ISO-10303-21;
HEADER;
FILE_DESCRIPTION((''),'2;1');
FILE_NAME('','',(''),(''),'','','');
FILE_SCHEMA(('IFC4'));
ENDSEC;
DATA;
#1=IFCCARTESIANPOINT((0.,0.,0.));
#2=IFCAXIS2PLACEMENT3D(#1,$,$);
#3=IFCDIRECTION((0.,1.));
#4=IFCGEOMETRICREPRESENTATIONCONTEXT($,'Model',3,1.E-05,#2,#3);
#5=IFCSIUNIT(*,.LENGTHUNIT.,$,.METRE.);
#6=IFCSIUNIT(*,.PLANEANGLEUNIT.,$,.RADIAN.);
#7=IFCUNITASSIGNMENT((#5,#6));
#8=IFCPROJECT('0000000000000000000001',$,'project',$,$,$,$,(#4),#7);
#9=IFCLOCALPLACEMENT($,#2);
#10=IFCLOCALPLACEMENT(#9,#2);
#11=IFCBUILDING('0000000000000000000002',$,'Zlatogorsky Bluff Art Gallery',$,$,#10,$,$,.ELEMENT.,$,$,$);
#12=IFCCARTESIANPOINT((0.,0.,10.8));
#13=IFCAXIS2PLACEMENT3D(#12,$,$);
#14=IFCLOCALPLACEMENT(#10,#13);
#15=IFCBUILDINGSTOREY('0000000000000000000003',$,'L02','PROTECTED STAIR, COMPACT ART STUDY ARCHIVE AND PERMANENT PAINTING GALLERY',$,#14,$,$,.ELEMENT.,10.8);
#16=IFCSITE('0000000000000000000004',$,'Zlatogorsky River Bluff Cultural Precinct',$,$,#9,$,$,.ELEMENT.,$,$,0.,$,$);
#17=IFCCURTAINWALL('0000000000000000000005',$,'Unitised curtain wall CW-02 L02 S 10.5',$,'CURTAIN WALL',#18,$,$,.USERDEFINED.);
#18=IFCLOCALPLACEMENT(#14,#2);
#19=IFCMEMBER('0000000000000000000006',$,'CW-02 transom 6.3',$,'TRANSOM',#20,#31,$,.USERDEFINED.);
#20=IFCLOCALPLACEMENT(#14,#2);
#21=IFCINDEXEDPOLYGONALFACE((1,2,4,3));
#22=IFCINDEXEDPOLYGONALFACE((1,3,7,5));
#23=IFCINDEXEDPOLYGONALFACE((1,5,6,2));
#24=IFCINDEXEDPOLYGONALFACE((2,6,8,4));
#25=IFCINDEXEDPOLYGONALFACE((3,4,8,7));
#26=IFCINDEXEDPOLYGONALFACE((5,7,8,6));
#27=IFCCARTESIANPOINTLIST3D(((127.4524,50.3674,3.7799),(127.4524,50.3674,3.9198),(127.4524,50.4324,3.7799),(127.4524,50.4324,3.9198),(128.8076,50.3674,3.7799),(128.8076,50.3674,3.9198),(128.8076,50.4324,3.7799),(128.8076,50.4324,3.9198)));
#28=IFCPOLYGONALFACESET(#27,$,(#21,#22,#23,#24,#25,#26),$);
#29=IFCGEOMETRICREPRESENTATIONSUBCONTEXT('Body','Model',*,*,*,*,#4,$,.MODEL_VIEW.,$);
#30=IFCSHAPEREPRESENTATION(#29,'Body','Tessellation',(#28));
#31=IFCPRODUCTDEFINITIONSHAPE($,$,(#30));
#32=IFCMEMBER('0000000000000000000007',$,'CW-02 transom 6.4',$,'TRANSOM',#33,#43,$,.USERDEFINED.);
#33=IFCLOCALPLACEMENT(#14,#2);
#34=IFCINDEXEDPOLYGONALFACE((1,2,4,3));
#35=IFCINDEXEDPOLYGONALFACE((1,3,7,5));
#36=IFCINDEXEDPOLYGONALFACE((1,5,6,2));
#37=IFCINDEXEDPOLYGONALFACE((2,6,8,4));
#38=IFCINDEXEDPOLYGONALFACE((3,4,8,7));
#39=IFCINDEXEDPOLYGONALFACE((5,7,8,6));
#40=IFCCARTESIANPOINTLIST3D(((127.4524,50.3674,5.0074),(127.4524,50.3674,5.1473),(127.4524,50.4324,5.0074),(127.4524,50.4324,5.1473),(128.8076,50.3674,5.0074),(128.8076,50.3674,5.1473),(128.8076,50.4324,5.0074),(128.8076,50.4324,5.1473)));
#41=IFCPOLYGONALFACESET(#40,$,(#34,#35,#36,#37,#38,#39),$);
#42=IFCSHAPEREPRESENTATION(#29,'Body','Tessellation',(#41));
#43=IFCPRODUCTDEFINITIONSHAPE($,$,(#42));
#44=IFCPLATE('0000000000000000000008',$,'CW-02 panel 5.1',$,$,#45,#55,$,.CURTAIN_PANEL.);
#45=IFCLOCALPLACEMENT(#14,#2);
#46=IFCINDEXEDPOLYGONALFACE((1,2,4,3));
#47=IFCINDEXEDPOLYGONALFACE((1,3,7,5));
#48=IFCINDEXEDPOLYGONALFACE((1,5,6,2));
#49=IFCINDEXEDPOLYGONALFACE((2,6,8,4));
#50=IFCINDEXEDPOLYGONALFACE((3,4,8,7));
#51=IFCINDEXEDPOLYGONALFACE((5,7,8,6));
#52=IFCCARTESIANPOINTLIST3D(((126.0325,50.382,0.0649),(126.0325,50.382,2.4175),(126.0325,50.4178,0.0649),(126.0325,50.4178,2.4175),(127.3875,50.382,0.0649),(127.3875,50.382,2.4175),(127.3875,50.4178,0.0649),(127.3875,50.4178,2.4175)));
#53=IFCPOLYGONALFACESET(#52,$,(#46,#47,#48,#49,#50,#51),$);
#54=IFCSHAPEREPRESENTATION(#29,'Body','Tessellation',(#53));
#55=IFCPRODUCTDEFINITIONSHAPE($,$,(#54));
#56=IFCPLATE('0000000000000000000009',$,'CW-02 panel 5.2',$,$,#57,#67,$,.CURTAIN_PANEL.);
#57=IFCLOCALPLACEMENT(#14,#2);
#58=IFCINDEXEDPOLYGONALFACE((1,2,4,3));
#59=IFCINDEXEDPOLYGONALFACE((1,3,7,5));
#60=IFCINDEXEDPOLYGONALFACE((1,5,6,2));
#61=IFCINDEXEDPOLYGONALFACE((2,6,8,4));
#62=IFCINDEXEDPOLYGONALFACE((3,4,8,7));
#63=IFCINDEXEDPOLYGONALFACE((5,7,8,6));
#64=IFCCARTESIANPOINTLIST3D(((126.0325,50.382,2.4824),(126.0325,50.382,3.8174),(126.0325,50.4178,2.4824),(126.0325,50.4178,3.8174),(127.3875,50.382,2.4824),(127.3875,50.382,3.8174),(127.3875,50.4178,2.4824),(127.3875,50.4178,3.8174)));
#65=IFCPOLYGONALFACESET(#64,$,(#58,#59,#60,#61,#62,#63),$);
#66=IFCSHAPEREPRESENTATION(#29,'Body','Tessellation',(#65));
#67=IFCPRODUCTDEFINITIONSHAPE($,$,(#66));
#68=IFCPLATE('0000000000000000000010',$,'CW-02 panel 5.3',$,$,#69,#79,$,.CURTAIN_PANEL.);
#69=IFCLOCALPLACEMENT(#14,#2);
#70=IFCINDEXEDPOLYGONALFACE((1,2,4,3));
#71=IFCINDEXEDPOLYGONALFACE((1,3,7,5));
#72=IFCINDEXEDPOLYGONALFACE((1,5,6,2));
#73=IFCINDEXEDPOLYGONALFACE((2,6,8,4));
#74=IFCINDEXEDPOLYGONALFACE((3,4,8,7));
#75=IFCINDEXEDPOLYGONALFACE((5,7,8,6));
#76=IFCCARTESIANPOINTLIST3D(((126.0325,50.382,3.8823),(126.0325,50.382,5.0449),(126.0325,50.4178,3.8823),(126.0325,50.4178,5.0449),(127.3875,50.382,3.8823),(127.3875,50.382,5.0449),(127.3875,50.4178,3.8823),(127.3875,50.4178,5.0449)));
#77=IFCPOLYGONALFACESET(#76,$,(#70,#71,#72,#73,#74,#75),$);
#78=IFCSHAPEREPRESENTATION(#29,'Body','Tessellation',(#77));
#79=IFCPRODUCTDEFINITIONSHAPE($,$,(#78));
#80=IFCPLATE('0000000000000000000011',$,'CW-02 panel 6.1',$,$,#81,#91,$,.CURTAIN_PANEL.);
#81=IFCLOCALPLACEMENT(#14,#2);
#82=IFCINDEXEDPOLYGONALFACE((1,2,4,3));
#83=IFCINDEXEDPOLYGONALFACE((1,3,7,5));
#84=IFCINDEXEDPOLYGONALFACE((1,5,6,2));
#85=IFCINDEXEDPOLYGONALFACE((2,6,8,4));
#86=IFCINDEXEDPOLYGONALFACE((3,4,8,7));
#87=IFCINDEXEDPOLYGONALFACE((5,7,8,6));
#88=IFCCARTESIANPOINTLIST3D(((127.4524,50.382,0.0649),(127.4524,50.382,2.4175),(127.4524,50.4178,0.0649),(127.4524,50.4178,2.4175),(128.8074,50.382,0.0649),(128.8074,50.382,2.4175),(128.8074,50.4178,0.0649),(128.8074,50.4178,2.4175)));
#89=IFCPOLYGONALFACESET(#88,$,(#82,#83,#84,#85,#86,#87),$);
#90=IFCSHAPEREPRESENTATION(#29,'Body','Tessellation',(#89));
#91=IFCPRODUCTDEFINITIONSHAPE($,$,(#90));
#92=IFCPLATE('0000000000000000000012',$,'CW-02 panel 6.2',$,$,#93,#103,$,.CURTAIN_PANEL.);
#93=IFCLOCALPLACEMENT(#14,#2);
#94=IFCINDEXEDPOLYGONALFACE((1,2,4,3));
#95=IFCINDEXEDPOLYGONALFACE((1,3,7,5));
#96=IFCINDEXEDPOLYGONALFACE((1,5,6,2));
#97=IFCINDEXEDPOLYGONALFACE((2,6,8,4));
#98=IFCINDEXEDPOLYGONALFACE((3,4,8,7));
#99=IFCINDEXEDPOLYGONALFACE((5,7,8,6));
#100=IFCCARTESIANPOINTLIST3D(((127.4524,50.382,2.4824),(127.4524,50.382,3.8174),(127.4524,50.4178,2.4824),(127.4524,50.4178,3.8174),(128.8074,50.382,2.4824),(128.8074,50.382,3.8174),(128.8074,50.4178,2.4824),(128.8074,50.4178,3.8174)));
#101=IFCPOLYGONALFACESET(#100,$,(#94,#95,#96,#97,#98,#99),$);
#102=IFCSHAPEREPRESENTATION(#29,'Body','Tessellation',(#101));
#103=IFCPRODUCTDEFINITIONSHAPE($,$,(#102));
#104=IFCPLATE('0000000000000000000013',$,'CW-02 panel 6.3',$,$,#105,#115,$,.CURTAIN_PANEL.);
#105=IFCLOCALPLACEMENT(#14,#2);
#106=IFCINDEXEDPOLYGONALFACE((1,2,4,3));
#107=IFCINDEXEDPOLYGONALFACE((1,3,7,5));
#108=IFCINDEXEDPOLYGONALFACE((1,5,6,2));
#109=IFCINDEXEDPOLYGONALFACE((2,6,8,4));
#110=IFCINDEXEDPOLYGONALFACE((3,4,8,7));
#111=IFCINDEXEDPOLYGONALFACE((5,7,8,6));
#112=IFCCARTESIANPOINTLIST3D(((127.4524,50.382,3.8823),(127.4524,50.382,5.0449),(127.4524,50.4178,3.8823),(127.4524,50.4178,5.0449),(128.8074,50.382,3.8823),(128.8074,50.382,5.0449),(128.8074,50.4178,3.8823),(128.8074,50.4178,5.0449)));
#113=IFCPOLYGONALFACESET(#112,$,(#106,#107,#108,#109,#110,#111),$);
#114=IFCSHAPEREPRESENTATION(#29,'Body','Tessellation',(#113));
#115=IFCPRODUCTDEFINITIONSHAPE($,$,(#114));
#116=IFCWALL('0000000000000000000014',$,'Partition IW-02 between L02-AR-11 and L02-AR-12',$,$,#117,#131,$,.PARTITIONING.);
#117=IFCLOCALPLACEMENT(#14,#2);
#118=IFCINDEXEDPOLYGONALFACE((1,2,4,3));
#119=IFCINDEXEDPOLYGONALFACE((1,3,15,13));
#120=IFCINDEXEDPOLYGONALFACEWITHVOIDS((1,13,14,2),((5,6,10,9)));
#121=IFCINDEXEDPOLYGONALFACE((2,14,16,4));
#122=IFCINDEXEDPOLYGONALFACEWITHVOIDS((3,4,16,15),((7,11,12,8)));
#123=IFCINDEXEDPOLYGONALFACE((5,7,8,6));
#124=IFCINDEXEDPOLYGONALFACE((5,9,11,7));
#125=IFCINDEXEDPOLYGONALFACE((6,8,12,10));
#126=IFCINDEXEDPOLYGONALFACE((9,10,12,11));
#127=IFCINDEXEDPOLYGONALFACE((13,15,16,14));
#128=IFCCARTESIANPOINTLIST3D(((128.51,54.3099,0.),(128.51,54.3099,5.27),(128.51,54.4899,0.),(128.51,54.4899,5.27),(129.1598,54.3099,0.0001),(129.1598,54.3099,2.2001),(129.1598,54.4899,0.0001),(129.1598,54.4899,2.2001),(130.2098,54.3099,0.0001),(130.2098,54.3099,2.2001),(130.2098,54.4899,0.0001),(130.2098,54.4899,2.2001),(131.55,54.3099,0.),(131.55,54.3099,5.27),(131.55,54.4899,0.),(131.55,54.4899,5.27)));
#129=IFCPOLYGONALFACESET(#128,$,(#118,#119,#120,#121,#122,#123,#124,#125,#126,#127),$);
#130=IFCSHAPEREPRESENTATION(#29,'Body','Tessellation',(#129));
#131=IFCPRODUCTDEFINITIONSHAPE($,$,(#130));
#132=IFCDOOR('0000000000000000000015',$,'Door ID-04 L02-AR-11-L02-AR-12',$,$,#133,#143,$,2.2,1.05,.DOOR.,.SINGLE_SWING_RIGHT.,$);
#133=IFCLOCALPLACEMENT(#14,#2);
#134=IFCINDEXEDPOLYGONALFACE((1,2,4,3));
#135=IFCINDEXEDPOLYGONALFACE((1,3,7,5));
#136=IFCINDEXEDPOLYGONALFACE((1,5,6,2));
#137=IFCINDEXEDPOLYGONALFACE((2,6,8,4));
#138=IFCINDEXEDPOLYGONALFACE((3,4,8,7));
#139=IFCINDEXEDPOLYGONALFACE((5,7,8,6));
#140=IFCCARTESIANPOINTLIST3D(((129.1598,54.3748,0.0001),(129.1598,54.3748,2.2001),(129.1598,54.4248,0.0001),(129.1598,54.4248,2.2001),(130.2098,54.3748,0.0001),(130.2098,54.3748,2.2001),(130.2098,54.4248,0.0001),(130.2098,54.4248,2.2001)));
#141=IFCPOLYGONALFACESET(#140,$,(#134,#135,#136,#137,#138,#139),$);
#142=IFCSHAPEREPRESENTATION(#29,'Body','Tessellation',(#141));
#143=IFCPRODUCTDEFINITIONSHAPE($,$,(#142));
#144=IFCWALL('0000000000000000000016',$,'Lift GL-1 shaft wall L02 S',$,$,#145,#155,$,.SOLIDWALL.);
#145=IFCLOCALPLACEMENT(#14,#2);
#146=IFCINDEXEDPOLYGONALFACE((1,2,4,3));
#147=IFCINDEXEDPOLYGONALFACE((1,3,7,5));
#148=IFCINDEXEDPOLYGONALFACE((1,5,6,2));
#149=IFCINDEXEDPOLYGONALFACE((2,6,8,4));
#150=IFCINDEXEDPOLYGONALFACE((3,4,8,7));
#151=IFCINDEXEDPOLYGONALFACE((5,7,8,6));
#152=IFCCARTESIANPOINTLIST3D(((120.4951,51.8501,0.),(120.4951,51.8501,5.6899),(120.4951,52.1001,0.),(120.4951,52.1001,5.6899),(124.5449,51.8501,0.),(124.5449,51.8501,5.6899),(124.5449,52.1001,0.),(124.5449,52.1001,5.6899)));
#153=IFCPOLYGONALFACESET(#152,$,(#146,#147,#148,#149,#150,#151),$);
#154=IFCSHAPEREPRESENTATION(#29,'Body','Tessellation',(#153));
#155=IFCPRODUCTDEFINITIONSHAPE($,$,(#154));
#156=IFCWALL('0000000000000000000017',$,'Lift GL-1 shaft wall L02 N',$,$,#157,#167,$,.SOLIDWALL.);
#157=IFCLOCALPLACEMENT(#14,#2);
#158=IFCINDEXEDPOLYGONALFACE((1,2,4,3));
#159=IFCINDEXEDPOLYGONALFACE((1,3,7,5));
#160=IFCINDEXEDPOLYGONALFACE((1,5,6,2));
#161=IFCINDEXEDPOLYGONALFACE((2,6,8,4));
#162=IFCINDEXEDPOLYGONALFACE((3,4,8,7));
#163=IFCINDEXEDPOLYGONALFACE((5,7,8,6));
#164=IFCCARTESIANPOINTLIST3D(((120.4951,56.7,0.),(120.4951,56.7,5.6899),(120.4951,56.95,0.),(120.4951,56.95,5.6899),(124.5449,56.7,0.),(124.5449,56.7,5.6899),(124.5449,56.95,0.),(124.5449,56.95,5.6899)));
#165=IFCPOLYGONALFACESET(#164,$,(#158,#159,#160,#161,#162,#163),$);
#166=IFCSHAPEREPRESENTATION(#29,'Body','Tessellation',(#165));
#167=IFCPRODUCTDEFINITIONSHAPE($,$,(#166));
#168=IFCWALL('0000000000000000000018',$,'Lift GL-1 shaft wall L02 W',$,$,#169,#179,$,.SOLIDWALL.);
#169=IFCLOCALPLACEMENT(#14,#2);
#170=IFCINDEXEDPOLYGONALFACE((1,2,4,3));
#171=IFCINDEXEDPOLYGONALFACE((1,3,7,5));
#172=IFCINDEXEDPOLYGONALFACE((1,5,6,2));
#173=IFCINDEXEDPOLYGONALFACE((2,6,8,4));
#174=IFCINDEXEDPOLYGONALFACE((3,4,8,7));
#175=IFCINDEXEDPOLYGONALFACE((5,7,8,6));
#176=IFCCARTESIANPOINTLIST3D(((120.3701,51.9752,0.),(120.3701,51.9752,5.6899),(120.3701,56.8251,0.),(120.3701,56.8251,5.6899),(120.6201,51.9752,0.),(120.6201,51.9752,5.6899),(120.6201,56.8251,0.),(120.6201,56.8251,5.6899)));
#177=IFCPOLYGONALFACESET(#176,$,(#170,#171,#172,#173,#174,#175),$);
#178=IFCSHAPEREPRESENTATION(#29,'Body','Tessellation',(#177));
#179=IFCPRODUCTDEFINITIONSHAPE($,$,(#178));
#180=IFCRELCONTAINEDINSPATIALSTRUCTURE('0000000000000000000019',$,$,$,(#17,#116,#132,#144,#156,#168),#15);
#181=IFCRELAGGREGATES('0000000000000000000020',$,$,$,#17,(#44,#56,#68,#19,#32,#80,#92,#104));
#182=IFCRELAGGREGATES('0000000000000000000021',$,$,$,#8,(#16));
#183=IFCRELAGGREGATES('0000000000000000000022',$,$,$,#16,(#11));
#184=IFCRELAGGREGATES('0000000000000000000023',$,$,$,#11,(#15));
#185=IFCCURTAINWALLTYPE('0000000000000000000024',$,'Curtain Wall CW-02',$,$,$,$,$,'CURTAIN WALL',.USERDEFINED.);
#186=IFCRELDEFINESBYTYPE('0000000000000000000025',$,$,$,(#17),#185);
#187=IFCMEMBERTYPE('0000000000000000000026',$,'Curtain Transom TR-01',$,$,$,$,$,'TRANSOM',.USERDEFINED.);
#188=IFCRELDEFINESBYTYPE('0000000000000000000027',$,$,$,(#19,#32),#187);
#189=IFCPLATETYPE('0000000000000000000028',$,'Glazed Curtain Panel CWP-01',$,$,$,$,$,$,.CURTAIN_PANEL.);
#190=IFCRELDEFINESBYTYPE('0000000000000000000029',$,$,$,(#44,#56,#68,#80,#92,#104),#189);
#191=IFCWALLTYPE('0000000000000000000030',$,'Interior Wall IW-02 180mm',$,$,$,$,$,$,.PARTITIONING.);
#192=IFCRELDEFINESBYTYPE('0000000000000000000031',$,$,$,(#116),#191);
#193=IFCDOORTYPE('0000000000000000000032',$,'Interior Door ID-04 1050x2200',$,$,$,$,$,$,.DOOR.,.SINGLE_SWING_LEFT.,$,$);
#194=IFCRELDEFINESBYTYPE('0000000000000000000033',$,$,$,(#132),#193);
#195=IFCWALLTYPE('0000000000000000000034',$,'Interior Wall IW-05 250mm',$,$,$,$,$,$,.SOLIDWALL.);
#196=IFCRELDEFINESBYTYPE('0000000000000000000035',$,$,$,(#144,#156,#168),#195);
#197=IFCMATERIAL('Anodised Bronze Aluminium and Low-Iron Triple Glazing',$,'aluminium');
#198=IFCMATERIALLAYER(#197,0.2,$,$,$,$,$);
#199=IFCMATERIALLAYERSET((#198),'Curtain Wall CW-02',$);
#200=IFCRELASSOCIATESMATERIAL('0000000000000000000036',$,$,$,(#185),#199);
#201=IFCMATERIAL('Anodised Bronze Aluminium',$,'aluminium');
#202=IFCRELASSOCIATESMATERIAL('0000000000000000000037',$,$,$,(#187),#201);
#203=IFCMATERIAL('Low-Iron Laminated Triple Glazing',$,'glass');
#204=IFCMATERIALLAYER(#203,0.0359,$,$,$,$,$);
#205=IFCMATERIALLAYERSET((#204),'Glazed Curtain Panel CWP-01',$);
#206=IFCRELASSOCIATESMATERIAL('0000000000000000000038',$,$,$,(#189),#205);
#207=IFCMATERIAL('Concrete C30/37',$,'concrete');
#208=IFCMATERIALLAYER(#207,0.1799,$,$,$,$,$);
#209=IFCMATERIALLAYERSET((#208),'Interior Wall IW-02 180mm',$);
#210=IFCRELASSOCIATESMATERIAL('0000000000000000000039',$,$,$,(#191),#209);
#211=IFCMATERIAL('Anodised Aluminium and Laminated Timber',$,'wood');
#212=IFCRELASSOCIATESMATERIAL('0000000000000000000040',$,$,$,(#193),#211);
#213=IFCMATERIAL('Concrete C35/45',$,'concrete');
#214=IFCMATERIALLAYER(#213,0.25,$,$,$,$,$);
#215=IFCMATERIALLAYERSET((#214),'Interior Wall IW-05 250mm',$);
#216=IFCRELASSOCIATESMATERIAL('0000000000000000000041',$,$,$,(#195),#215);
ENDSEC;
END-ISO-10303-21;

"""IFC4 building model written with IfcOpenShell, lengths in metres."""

from ifc_helpers import new_model, si_unit, direction, frame, frame_2d, origin, origin_2d, place, context, subcontext, project, spatial, rectangle, extrude, material, layer, layer_set, material_profile, profile_set, type_object, element, fill, aggregate, save


model = new_model("IFC4")

# Units and contexts
model_context = context("Model", 3, precision=1e-05, world=origin(), true_north=direction((0.0, 1.0)))
body_context = subcontext(model_context, "Body", "Model", "MODEL_VIEW")
ifc_project = project(units=[si_unit("LENGTHUNIT", "METRE"), si_unit("PLANEANGLEUNIT", "RADIAN")], contexts=[model_context])

# Site, building, storey
site_placement = place(None, origin())
site = spatial("IfcSite", under=ifc_project, at=site_placement, Name="Zlatogorsky River Bluff Cultural Precinct", CompositionType="ELEMENT", RefElevation=0.0)
building_placement = place(site_placement, origin())
building = spatial("IfcBuilding", under=site, at=building_placement, Name="Zlatogorsky Bluff Art Gallery", CompositionType="ELEMENT")
storey_placement = place(building_placement, frame((0.0, 0.0, 10.8)))
storey = spatial("IfcBuildingStorey", under=building, at=storey_placement, Name="L02", Description="PROTECTED STAIR, COMPACT ART STUDY ARCHIVE AND PERMANENT PAINTING GALLERY", CompositionType="ELEMENT", Elevation=10.8)

# Curtain wall, members, plates
ifc_material_1 = material(Name="Anodised Bronze Aluminium and Low-Iron Triple Glazing", Category="aluminium")
ifc_layer_1 = layer(ifc_material_1, 0.2)
ifc_layer_set_1 = layer_set([ifc_layer_1], Name="Curtain Wall CW-02")
curtain_wall_type = type_object("IfcCurtainWallType", Name="Curtain Wall CW-02", ElementType="CURTAIN WALL", PredefinedType="USERDEFINED", material=ifc_layer_set_1)
curtain_wall_placement = place(storey_placement, origin())
curtain_wall = element("IfcCurtainWall", 1, at=curtain_wall_placement, inside=storey, type_object=curtain_wall_type, Name="Unitised curtain wall CW-02 L02 S 10.5", ObjectType="CURTAIN WALL", PredefinedType="USERDEFINED")
ifc_material_2 = material(Name="Anodised Bronze Aluminium", Category="aluminium")
ifc_material_profile_1 = material_profile(ifc_material_2, rectangle(XDim=0.0649, YDim=0.1399, at=origin_2d()), Name="ALU TRANSOM 65x140")
ifc_profile_set_1 = profile_set([ifc_material_profile_1], Name="Anodised Bronze Aluminium")
member_type_1 = type_object("IfcMemberType", Name="Curtain Transom TR-01", ElementType="TRANSOM", PredefinedType="USERDEFINED", material=ifc_profile_set_1)
member_1_placement = place(storey_placement, frame((127.4524, 50.3999, 3.8499), z_axis=(1.0, 0.0, 0.0), x_axis=(0.0, 1.0, 0.0)))
member_1 = element("IfcMember", 2, at=member_1_placement, type_object=member_type_1, Name="CW-02 transom 6.3", ObjectType="TRANSOM", PredefinedType="USERDEFINED", context=body_context, shape_type="SweptSolid", body=[
    extrude(rectangle(XDim=0.0649, YDim=0.1399, at=origin_2d()), origin(), (0.0, 0.0, 1.0), 1.3552),
])
member_2_placement = place(storey_placement, frame((127.4524, 50.3999, 5.0774), z_axis=(1.0, 0.0, 0.0), x_axis=(0.0, 1.0, 0.0)))
member_2 = element("IfcMember", 3, at=member_2_placement, type_object=member_type_1, Name="CW-02 transom 6.4", ObjectType="TRANSOM", PredefinedType="USERDEFINED", context=body_context, shape_type="SweptSolid", body=[
    extrude(rectangle(XDim=0.0649, YDim=0.1399, at=origin_2d()), origin(), (0.0, 0.0, 1.0), 1.3552),
])
ifc_material_3 = material(Name="Low-Iron Laminated Triple Glazing", Category="glass")
ifc_layer_2 = layer(ifc_material_3, 0.0359)
ifc_layer_set_2 = layer_set([ifc_layer_2], Name="Glazed Curtain Panel CWP-01")
plate_type = type_object("IfcPlateType", Name="Glazed Curtain Panel CWP-01", PredefinedType="CURTAIN_PANEL", material=ifc_layer_set_2)
plate_1_placement = place(storey_placement, frame((126.71, 50.3999, 0.0649), z_axis=(0.0, 0.0, 1.0), x_axis=(1.0, 0.0, 0.0)))
plate_1 = element("IfcPlate", 4, at=plate_1_placement, type_object=plate_type, Name="CW-02 panel 5.1", PredefinedType="CURTAIN_PANEL", context=body_context, shape_type="SweptSolid", body=[
    extrude(rectangle(XDim=1.355, YDim=0.0359, at=origin_2d()), origin(), (0.0, 0.0, 1.0), 2.3525),
])
plate_2_placement = place(storey_placement, frame((126.71, 50.3999, 2.4824), z_axis=(0.0, 0.0, 1.0), x_axis=(1.0, 0.0, 0.0)))
plate_2 = element("IfcPlate", 5, at=plate_2_placement, type_object=plate_type, Name="CW-02 panel 5.2", PredefinedType="CURTAIN_PANEL", context=body_context, shape_type="SweptSolid", body=[
    extrude(rectangle(XDim=1.355, YDim=0.0359, at=origin_2d()), origin(), (0.0, 0.0, 1.0), 1.335),
])
plate_3_placement = place(storey_placement, frame((126.71, 50.3999, 3.8823), z_axis=(0.0, 0.0, 1.0), x_axis=(1.0, 0.0, 0.0)))
plate_3 = element("IfcPlate", 6, at=plate_3_placement, type_object=plate_type, Name="CW-02 panel 5.3", PredefinedType="CURTAIN_PANEL", context=body_context, shape_type="SweptSolid", body=[
    extrude(rectangle(XDim=1.355, YDim=0.0359, at=origin_2d()), origin(), (0.0, 0.0, 1.0), 1.1626),
])
plate_4_placement = place(storey_placement, frame((128.1299, 50.3999, 0.0649), z_axis=(0.0, 0.0, 1.0), x_axis=(1.0, 0.0, 0.0)))
plate_4 = element("IfcPlate", 7, at=plate_4_placement, type_object=plate_type, Name="CW-02 panel 6.1", PredefinedType="CURTAIN_PANEL", context=body_context, shape_type="SweptSolid", body=[
    extrude(rectangle(XDim=1.355, YDim=0.0359, at=origin_2d()), origin(), (0.0, 0.0, 1.0), 2.3525),
])
plate_5_placement = place(storey_placement, frame((128.1299, 50.3999, 2.4824), z_axis=(0.0, 0.0, 1.0), x_axis=(1.0, 0.0, 0.0)))
plate_5 = element("IfcPlate", 8, at=plate_5_placement, type_object=plate_type, Name="CW-02 panel 6.2", PredefinedType="CURTAIN_PANEL", context=body_context, shape_type="SweptSolid", body=[
    extrude(rectangle(XDim=1.355, YDim=0.0359, at=origin_2d()), origin(), (0.0, 0.0, 1.0), 1.335),
])
plate_6_placement = place(storey_placement, frame((128.1299, 50.3999, 3.8823), z_axis=(0.0, 0.0, 1.0), x_axis=(1.0, 0.0, 0.0)))
plate_6 = element("IfcPlate", 9, at=plate_6_placement, type_object=plate_type, Name="CW-02 panel 6.3", PredefinedType="CURTAIN_PANEL", context=body_context, shape_type="SweptSolid", body=[
    extrude(rectangle(XDim=1.355, YDim=0.0359, at=origin_2d()), origin(), (0.0, 0.0, 1.0), 1.1626),
])
aggregate(curtain_wall, [plate_1, plate_2, plate_3, member_1, member_2, plate_4, plate_5, plate_6])

# Wall, opening, door
ifc_material_4 = material(Name="Concrete C30/37", Category="concrete")
ifc_layer_3 = layer(ifc_material_4, 0.1799)
ifc_layer_set_3 = layer_set([ifc_layer_3], Name="Interior Wall IW-02 180mm")
wall_type_1 = type_object("IfcWallType", Name="Interior Wall IW-02 180mm", PredefinedType="PARTITIONING", material=ifc_layer_set_3)
wall_1_placement = place(storey_placement, frame((128.51, 54.3999, 0.0), z_axis=(0.0, 0.0, 1.0), x_axis=(1.0, 0.0, 0.0)))
wall_1 = element("IfcWall", 10, at=wall_1_placement, inside=storey, type_object=wall_type_1, Name="Partition IW-02 between L02-AR-11 and L02-AR-12", PredefinedType="PARTITIONING", context=body_context, shape_type="SweptSolid", body=[
    extrude(rectangle(XDim=3.04, YDim=0.1799, at=frame_2d((1.52, 0.0))), origin(), (0.0, 0.0, 1.0), 5.27),
])
opening_1_placement = place(wall_1_placement, frame((0.6499, 0.0, 0.0)))
opening_1 = element("IfcOpeningElement", 11, at=opening_1_placement, cuts=wall_1, PredefinedType="OPENING", context=body_context, shape_type="SweptSolid", body=[
    extrude(rectangle(XDim=1.05, YDim=2.2, at=frame_2d((0.5249, 1.1001))), frame((0.0, 0.0999, 0.0), z_axis=(0.0, -1.0, 0.0), x_axis=(1.0, 0.0, 0.0)), (0.0, 0.0, 1.0), 0.2),
])
ifc_material_5 = material(Name="Anodised Aluminium and Laminated Timber", Category="wood")
door_type_1 = type_object("IfcDoorType", Name="Interior Door ID-04 1050x2200", OperationType="SINGLE_SWING_LEFT", PredefinedType="DOOR", material=ifc_material_5)
door_1_placement = place(opening_1_placement, origin())
door_1 = element("IfcDoor", 12, at=door_1_placement, inside=storey, type_object=door_type_1, Name="Door ID-04 L02-AR-11-L02-AR-12", OperationType="SINGLE_SWING_RIGHT", OverallHeight=2.2, OverallWidth=1.05, PredefinedType="DOOR", context=body_context, shape_type="SweptSolid", body=[
    extrude(rectangle(XDim=1.05, YDim=2.2, at=frame_2d((0.5249, 1.1001))), frame((0.0, 0.0249, 0.0), z_axis=(0.0, -1.0, 0.0), x_axis=(1.0, 0.0, 0.0)), (0.0, 0.0, 1.0), 0.05),
])
fill(opening_1, door_1)

# Wall
ifc_material_6 = material(Name="Concrete C35/45", Category="concrete")
ifc_layer_4 = layer(ifc_material_6, 0.25)
ifc_layer_set_4 = layer_set([ifc_layer_4], Name="Interior Wall IW-05 250mm")
wall_type_2 = type_object("IfcWallType", Name="Interior Wall IW-05 250mm", PredefinedType="SOLIDWALL", material=ifc_layer_set_4)
wall_2_placement = place(storey_placement, frame((120.4951, 51.9751, 0.0), z_axis=(0.0, 0.0, 1.0), x_axis=(1.0, 0.0, 0.0)))
element("IfcWall", 13, at=wall_2_placement, inside=storey, type_object=wall_type_2, Name="Lift GL-1 shaft wall L02 S", PredefinedType="SOLIDWALL", context=body_context, shape_type="SweptSolid", body=[
    extrude(rectangle(XDim=4.0498, YDim=0.25, at=frame_2d((2.0249, 0.0))), origin(), (0.0, 0.0, 1.0), 5.6899),
])

# Walls
wall_3_placement = place(storey_placement, frame((124.5449, 56.825, 0.0), z_axis=(0.0, 0.0, 1.0), x_axis=(-1.0, 0.0, 0.0)))
element("IfcWall", 14, at=wall_3_placement, inside=storey, type_object=wall_type_2, Name="Lift GL-1 shaft wall L02 N", PredefinedType="SOLIDWALL", context=body_context, shape_type="SweptSolid", body=[
    extrude(rectangle(XDim=4.0498, YDim=0.25, at=frame_2d((2.0249, 0.0))), origin(), (0.0, 0.0, 1.0), 5.6899),
])
wall_4_placement = place(storey_placement, frame((120.4951, 56.825, 0.0), z_axis=(0.0, 0.0, 1.0), x_axis=(0.0, -1.0, 0.0)))
element("IfcWall", 15, at=wall_4_placement, inside=storey, type_object=wall_type_2, Name="Lift GL-1 shaft wall L02 W", PredefinedType="SOLIDWALL", context=body_context, shape_type="SweptSolid", body=[
    extrude(rectangle(XDim=4.8499, YDim=0.25, at=frame_2d((2.4248, 0.0))), origin(), (0.0, 0.0, 1.0), 5.6899),
])

save(model, "model.ifc")
